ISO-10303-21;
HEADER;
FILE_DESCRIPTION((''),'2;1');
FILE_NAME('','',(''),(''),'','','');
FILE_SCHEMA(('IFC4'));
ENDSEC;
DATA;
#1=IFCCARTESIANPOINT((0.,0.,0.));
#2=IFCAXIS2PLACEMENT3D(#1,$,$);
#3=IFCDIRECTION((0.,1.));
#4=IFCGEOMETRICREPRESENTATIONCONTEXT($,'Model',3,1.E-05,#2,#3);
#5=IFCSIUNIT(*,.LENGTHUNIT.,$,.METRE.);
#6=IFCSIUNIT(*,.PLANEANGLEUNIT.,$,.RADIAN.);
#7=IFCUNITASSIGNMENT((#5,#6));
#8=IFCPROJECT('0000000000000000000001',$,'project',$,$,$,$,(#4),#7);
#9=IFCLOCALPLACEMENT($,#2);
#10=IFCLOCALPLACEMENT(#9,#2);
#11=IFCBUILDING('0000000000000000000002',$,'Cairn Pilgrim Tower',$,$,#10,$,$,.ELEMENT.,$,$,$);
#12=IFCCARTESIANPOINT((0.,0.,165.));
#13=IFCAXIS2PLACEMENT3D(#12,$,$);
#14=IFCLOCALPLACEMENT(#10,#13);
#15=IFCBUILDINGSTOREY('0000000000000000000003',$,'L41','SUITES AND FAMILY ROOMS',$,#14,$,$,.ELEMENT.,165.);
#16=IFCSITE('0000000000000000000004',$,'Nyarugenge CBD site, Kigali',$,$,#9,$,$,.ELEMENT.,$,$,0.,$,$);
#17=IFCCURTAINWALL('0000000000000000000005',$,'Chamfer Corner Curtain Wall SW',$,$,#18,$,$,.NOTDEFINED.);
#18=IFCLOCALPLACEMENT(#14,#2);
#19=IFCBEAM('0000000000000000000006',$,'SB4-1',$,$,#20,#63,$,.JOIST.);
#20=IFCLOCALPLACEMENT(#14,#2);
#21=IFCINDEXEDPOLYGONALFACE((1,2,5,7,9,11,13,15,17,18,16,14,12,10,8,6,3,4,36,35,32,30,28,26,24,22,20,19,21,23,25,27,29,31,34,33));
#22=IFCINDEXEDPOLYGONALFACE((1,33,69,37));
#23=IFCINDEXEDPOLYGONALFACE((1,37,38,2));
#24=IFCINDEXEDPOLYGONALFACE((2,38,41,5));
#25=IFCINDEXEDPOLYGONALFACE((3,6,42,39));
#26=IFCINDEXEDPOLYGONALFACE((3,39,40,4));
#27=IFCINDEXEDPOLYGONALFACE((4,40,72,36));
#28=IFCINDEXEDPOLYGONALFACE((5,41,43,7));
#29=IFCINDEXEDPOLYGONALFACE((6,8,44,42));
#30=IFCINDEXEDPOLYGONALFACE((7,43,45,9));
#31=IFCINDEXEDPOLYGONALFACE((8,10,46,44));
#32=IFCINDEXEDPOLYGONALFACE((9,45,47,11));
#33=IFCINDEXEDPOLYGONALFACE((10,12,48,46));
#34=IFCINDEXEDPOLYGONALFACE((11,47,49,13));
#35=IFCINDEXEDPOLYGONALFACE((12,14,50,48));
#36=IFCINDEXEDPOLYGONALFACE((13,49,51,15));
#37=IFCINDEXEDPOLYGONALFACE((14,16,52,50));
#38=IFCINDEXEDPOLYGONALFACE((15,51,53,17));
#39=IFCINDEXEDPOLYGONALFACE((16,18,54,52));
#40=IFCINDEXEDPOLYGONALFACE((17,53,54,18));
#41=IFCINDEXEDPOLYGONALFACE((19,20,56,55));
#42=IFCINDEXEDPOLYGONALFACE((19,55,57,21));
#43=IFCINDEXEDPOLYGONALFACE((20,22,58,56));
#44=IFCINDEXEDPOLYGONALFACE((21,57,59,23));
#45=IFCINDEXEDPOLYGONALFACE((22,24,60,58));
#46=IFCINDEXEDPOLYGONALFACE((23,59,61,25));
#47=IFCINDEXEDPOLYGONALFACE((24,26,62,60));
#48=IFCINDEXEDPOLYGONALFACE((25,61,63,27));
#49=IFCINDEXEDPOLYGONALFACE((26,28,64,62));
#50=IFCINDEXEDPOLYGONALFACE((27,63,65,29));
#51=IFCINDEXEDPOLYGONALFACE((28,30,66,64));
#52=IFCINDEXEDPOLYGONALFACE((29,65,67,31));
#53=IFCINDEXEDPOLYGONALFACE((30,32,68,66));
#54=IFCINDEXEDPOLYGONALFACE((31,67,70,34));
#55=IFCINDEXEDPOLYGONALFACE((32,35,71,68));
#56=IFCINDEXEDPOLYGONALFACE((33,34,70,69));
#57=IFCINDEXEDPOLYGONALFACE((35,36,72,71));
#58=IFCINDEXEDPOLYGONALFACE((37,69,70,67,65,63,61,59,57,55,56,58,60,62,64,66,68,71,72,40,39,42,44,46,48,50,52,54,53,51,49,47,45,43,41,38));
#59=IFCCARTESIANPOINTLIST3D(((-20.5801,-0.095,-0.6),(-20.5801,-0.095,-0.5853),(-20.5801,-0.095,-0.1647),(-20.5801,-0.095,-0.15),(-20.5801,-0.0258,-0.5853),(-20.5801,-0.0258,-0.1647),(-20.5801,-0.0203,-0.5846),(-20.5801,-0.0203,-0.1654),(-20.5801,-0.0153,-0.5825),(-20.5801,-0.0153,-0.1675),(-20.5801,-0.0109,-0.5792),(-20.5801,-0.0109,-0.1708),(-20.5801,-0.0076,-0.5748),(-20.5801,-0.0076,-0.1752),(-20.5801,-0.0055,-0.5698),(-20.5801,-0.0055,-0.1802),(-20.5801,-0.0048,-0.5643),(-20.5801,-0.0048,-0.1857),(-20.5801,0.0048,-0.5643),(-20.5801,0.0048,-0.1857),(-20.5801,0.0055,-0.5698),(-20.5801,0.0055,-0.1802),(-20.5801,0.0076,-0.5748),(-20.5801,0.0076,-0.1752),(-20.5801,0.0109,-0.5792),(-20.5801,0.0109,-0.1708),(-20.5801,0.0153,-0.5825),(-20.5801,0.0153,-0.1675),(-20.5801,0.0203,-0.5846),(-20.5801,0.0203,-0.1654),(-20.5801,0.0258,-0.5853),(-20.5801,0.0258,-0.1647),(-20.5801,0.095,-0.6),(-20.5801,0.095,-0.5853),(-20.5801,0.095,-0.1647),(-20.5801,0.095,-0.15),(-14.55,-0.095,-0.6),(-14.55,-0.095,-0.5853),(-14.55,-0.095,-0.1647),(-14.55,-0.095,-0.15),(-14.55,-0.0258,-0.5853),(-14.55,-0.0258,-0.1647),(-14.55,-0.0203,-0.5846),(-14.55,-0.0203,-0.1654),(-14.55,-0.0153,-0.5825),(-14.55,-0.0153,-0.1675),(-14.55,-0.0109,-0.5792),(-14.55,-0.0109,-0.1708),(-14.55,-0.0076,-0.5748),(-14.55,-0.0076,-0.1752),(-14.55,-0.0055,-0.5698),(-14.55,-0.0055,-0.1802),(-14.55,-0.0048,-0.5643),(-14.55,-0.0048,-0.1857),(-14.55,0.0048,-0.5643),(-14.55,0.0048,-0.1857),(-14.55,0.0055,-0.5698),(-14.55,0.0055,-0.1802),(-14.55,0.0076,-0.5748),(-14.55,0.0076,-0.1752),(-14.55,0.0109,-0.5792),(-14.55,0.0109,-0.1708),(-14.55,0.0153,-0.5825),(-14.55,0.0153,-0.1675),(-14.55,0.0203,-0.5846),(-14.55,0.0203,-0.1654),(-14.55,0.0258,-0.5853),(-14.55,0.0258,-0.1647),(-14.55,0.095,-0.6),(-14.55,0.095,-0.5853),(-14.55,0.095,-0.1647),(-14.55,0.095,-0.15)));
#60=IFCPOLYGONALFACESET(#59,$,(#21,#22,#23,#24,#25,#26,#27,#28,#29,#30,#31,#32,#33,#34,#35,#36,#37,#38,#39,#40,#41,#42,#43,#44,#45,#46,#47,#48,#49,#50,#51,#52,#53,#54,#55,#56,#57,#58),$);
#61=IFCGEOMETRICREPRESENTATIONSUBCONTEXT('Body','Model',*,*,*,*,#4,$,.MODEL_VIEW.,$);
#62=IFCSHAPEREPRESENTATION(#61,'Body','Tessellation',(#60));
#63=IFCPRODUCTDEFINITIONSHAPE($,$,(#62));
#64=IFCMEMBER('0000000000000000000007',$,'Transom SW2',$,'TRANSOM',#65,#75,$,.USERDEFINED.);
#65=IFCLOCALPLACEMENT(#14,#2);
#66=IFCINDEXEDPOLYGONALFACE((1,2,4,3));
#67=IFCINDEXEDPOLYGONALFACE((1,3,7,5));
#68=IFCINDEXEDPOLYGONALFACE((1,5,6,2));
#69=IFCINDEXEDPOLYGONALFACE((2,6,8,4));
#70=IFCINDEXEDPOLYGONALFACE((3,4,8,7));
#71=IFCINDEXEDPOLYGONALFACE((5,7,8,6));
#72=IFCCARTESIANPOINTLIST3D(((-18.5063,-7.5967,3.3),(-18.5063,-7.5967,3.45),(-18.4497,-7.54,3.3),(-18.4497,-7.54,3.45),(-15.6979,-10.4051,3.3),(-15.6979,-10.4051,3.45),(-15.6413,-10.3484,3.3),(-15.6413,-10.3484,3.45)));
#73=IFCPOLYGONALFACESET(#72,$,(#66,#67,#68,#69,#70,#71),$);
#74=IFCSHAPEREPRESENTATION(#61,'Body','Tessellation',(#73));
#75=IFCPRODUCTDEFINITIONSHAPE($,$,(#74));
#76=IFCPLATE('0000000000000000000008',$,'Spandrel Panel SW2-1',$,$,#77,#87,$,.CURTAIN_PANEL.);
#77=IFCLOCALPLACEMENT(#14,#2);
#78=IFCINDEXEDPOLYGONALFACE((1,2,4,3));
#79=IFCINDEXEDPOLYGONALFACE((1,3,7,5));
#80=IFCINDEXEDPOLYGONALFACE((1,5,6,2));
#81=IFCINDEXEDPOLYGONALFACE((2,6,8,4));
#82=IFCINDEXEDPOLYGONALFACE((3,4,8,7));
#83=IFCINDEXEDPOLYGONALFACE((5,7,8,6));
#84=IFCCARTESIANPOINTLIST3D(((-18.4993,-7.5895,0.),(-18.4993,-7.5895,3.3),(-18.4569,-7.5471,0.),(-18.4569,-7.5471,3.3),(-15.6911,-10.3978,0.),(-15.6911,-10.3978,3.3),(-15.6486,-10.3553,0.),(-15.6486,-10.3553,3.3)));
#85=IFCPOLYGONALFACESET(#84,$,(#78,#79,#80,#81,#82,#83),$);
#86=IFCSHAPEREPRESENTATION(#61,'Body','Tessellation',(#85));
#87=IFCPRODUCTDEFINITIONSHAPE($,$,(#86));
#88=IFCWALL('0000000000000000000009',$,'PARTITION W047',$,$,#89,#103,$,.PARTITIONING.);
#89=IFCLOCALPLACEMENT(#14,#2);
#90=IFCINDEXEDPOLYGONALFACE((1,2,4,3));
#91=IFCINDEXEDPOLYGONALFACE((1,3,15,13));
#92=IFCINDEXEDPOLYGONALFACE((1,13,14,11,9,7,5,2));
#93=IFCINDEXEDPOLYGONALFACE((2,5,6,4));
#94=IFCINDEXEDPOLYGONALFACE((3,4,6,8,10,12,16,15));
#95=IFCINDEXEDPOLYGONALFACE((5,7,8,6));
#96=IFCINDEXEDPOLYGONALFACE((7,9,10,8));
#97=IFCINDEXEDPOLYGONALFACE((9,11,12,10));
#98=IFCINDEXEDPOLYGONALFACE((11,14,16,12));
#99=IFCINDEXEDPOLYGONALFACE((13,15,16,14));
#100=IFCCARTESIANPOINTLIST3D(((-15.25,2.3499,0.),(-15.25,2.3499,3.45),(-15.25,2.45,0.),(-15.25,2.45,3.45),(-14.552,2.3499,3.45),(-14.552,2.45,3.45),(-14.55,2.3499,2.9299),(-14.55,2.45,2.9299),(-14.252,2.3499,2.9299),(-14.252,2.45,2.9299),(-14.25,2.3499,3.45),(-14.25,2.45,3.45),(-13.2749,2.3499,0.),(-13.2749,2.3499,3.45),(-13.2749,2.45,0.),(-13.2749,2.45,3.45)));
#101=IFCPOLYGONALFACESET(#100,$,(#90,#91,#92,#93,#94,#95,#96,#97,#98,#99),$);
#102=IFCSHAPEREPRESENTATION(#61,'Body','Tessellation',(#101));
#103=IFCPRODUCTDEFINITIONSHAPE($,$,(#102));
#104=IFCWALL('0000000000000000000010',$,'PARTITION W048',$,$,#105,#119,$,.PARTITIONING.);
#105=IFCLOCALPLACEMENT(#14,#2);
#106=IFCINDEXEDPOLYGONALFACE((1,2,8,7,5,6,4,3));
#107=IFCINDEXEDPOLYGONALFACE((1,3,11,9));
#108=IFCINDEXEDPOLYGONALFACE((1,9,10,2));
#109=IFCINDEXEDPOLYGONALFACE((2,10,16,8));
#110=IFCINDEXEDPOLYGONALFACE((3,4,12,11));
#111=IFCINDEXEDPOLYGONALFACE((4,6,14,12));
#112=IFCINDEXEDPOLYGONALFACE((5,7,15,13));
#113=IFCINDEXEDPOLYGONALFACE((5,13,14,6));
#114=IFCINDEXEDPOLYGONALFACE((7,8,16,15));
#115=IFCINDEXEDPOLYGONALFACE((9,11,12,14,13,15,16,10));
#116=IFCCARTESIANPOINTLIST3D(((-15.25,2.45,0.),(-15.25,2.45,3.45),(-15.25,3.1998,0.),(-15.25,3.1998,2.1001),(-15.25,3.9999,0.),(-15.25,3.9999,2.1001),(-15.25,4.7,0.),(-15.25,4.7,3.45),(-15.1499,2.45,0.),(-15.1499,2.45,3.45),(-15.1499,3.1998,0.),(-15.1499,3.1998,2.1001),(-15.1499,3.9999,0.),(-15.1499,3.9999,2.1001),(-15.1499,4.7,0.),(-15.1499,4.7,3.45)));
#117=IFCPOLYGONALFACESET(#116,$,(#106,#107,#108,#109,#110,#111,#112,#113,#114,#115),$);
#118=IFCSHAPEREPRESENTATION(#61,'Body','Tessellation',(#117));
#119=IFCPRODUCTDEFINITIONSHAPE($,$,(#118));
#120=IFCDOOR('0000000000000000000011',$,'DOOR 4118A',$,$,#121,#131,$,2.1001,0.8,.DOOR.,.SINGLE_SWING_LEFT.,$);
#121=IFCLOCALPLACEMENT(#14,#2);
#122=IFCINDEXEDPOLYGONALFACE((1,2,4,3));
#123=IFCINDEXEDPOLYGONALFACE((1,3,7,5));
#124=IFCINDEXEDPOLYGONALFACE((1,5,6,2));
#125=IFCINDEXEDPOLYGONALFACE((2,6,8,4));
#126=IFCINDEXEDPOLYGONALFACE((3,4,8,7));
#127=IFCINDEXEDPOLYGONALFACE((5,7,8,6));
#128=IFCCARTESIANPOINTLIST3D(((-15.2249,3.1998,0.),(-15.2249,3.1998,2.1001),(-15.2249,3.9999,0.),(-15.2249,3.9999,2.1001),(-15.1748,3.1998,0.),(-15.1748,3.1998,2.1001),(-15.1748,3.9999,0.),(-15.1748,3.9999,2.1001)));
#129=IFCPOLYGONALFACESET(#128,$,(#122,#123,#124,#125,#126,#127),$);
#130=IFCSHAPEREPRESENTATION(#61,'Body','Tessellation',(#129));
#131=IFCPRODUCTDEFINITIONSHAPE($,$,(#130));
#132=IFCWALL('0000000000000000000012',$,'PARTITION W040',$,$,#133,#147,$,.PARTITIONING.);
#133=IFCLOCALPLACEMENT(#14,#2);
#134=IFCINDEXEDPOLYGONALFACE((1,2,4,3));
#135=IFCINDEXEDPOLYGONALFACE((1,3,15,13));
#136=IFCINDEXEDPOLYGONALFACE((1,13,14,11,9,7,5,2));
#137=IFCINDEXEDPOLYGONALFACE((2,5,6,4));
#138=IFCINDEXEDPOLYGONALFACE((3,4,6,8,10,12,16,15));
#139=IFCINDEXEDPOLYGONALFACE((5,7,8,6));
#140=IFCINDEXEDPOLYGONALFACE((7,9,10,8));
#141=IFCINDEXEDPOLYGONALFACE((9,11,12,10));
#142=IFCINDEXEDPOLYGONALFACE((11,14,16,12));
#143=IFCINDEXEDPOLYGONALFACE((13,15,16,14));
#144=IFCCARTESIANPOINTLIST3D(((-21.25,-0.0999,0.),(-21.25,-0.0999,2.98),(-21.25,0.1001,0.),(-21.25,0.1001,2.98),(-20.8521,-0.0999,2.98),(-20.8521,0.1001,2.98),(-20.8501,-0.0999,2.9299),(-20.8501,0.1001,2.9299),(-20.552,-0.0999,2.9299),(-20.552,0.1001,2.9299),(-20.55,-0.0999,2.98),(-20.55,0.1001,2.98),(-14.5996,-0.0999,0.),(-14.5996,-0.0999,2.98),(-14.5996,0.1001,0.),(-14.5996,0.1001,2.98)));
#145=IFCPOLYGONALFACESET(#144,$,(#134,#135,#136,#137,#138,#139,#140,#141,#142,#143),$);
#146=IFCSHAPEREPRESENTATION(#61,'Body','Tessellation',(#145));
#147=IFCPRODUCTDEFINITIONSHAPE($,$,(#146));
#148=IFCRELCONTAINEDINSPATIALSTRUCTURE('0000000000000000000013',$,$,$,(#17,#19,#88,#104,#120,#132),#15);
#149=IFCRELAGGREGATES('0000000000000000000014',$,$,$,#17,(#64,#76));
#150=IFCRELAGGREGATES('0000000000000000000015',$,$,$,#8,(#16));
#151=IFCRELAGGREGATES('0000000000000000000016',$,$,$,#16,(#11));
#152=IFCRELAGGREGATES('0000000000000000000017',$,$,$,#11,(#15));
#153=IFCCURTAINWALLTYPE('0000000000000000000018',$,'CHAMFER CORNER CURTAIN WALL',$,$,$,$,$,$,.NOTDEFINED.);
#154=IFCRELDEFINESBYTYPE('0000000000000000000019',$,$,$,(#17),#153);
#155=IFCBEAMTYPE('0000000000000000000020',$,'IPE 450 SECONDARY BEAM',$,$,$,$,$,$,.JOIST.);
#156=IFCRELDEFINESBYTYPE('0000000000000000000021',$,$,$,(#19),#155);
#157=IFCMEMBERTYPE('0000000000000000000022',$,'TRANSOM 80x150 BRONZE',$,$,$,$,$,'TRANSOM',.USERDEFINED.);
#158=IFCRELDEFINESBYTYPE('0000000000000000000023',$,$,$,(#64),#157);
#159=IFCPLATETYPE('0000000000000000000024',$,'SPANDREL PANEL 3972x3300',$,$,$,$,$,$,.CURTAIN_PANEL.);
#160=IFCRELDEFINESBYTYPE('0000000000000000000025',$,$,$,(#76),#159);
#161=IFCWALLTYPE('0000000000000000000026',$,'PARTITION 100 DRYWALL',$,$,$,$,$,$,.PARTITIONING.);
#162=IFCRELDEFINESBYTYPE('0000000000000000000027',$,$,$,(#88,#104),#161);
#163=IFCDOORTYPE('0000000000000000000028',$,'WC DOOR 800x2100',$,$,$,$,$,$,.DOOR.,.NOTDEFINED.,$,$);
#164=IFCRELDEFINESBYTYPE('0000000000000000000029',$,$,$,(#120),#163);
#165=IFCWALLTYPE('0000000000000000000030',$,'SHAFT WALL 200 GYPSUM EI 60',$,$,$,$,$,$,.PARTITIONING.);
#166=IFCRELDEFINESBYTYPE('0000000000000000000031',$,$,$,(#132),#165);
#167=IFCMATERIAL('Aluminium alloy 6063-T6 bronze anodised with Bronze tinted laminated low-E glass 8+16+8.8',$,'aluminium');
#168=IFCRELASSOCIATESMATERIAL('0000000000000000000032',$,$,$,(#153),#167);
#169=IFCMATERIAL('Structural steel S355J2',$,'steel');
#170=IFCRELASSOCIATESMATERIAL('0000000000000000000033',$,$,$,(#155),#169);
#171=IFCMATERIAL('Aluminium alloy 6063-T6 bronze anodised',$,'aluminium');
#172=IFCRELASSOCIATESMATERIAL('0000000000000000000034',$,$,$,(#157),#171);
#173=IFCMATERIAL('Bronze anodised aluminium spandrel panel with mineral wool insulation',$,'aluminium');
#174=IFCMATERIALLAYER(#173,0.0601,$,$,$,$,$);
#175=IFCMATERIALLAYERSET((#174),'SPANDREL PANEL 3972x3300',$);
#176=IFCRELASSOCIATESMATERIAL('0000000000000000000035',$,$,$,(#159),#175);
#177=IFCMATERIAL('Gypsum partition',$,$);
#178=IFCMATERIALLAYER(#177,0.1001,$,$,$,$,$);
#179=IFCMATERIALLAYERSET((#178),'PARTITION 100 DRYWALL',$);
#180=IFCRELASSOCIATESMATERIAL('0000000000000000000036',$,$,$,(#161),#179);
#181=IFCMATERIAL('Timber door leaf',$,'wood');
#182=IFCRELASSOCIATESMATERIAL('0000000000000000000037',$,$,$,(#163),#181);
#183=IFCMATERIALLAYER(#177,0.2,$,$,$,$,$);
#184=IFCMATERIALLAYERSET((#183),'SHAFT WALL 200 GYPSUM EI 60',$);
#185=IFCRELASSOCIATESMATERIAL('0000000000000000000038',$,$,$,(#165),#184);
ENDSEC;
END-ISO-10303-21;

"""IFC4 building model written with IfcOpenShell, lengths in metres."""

from ifc_helpers import new_model, si_unit, direction, frame, frame_2d, origin, origin_2d, place, context, subcontext, project, spatial, polyline, rectangle, i_section, outline, extrude, material, layer, layer_set, material_profile, profile_set, type_object, element, fill, aggregate, save


model = new_model("IFC4")

# Units and contexts
model_context = context("Model", 3, precision=1e-05, world=origin(), true_north=direction((0.0, 1.0)))
body_context = subcontext(model_context, "Body", "Model", "MODEL_VIEW")
ifc_project = project(units=[si_unit("LENGTHUNIT", "METRE"), si_unit("PLANEANGLEUNIT", "RADIAN")], contexts=[model_context])

# Site, building, storey
site_placement = place(None, origin())
site = spatial("IfcSite", under=ifc_project, at=site_placement, Name="Nyarugenge CBD site, Kigali", CompositionType="ELEMENT", RefElevation=0.0)
building_placement = place(site_placement, origin())
building = spatial("IfcBuilding", under=site, at=building_placement, Name="Cairn Pilgrim Tower", CompositionType="ELEMENT")
storey_placement = place(building_placement, frame((0.0, 0.0, 165.0)))
storey = spatial("IfcBuildingStorey", under=building, at=storey_placement, Name="L41", Description="SUITES AND FAMILY ROOMS", CompositionType="ELEMENT", Elevation=165.0)

# Shared definitions
ifc_material_1 = material(Name="Aluminium alloy 6063-T6 bronze anodised with Bronze tinted laminated low-E glass 8+16+8.8", Category="aluminium")
ifc_material_2 = material(Name="Aluminium alloy 6063-T6 bronze anodised", Category="aluminium")

# Curtain wall
curtain_wall_type_1 = type_object("IfcCurtainWallType", Name="CHAMFER CORNER CURTAIN WALL", PredefinedType="NOTDEFINED", material=ifc_material_1)
curtain_wall_1_placement = place(storey_placement, origin())
curtain_wall_1 = element("IfcCurtainWall", 1, at=curtain_wall_1_placement, inside=storey, type_object=curtain_wall_type_1, Name="Chamfer Corner Curtain Wall SW", PredefinedType="NOTDEFINED")

# Beam
ifc_material_3 = material(Name="Structural steel S355J2", Category="steel")
ifc_material_profile_1 = material_profile(ifc_material_3, i_section(OverallWidth=0.1899, OverallDepth=0.45, WebThickness=0.0095, FlangeThickness=0.0146, FilletRadius=0.021, at=origin_2d()), Name="IPE 450")
ifc_profile_set_1 = profile_set([ifc_material_profile_1], Name="Structural steel S355J2")
beam_type_1 = type_object("IfcBeamType", Name="IPE 450 SECONDARY BEAM", PredefinedType="JOIST", material=ifc_profile_set_1)
beam_1_placement = place(storey_placement, frame((-20.5801, 0.0, -0.375), z_axis=(1.0, 0.0, 0.0), x_axis=(0.0, 1.0, 0.0)))
element("IfcBeam", 2, at=beam_1_placement, inside=storey, type_object=beam_type_1, Name="SB4-1", PredefinedType="JOIST", context=body_context, shape_type="SweptSolid", body=[
    extrude(i_section(OverallWidth=0.1899, OverallDepth=0.45, WebThickness=0.0095, FlangeThickness=0.0146, FilletRadius=0.021, at=origin_2d()), origin(), (0.0, 0.0, 1.0), 6.03),
])

# Member
ifc_material_profile_2 = material_profile(ifc_material_2, rectangle(XDim=0.0801, YDim=0.1499, at=origin_2d()), Name="TRANSOM 80x150 BRONZE")
ifc_profile_set_2 = profile_set([ifc_material_profile_2], Name="Aluminium alloy 6063-T6 bronze anodised")
member_type_1 = type_object("IfcMemberType", Name="TRANSOM 80x150 BRONZE", ElementType="TRANSOM", PredefinedType="USERDEFINED", material=ifc_profile_set_2)
member_1_placement = place(storey_placement, frame((-18.478, -7.5684, 3.375), z_axis=(0.707107, -0.707107, 0.0), x_axis=(0.707107, 0.707107, 0.0)))
member_1 = element("IfcMember", 3, at=member_1_placement, type_object=member_type_1, Name="Transom SW2", ObjectType="TRANSOM", PredefinedType="USERDEFINED", context=body_context, shape_type="SweptSolid", body=[
    extrude(rectangle(XDim=0.0801, YDim=0.1499, at=origin_2d()), origin(), (0.0, 0.0, 1.0), 3.9717),
])

# Plate
ifc_material_4 = material(Name="Bronze anodised aluminium spandrel panel with mineral wool insulation", Category="aluminium")
ifc_layer_1 = layer(ifc_material_4, 0.0601)
ifc_layer_set_1 = layer_set([ifc_layer_1], Name="SPANDREL PANEL 3972x3300")
plate_type = type_object("IfcPlateType", Name="SPANDREL PANEL 3972x3300", PredefinedType="CURTAIN_PANEL", material=ifc_layer_set_1)
plate_placement = place(storey_placement, frame((-17.074, -8.9724, 0.0), z_axis=(0.0, 0.0, 1.0), x_axis=(0.707107, -0.707107, 0.0)))
plate = element("IfcPlate", 4, at=plate_placement, type_object=plate_type, Name="Spandrel Panel SW2-1", PredefinedType="CURTAIN_PANEL", context=body_context, shape_type="SweptSolid", body=[
    extrude(rectangle(XDim=3.9714, YDim=0.0601, at=origin_2d()), origin(), (0.0, 0.0, 1.0), 3.3),
])
aggregate(curtain_wall_1, [member_1, plate])

# Wall
ifc_material_5 = material(Name="Gypsum partition")
ifc_layer_2 = layer(ifc_material_5, 0.1001)
ifc_layer_set_2 = layer_set([ifc_layer_2], Name="PARTITION 100 DRYWALL")
wall_type_1 = type_object("IfcWallType", Name="PARTITION 100 DRYWALL", PredefinedType="PARTITIONING", material=ifc_layer_set_2)
wall_1_placement = place(storey_placement, frame((-15.25, 2.3999, 0.0), z_axis=(0.0, 0.0, 1.0), x_axis=(1.0, 0.0, 0.0)))
element("IfcWall", 5, at=wall_1_placement, inside=storey, type_object=wall_type_1, Name="PARTITION W047", PredefinedType="PARTITIONING", context=body_context, shape_type="SweptSolid", body=[
    extrude(outline(polyline([(0.0, 0.0), (1.9751, 0.0), (1.9751, 3.45), (1.0, 3.45), (0.998, 2.9299), (0.7, 2.9299), (0.698, 3.45), (0.0, 3.45), (0.0, 0.0)])), frame((0.0, 0.05, 0.0), z_axis=(0.0, -1.0, 0.0), x_axis=(1.0, 0.0, 0.0)), (0.0, 0.0, 1.0), 0.1001),
])

# Wall, opening, door
wall_2_placement = place(storey_placement, frame((-15.2, 2.45, 0.0), z_axis=(0.0, 0.0, 1.0), x_axis=(0.0, 1.0, 0.0)))
wall_2 = element("IfcWall", 6, at=wall_2_placement, inside=storey, type_object=wall_type_1, Name="PARTITION W048", PredefinedType="PARTITIONING", context=body_context, shape_type="SweptSolid", body=[
    extrude(rectangle(XDim=2.25, YDim=0.1001, at=frame_2d((1.125, 0.0))), origin(), (0.0, 0.0, 1.0), 3.45),
])
opening_1_placement = place(wall_2_placement, frame((0.75, 0.0, 0.0)))
opening_1 = element("IfcOpeningElement", 7, at=opening_1_placement, cuts=wall_2, PredefinedType="OPENING", context=body_context, shape_type="SweptSolid", body=[
    extrude(rectangle(XDim=0.8, YDim=2.1001, at=frame_2d((0.3999, 1.05))), frame((0.0, 0.0601, 0.0), z_axis=(0.0, -1.0, 0.0), x_axis=(1.0, 0.0, 0.0)), (0.0, 0.0, 1.0), 0.1201),
])
ifc_material_6 = material(Name="Timber door leaf", Category="wood")
door_type_1 = type_object("IfcDoorType", Name="WC DOOR 800x2100", OperationType="NOTDEFINED", PredefinedType="DOOR", material=ifc_material_6)
door_1_placement = place(opening_1_placement, origin())
door_1 = element("IfcDoor", 8, at=door_1_placement, inside=storey, type_object=door_type_1, Name="DOOR 4118A", OperationType="SINGLE_SWING_LEFT", OverallHeight=2.1001, OverallWidth=0.8, PredefinedType="DOOR", context=body_context, shape_type="SweptSolid", body=[
    extrude(rectangle(XDim=0.8, YDim=2.1001, at=frame_2d((0.3999, 1.05))), frame((0.0, 0.0249, 0.0), z_axis=(0.0, -1.0, 0.0), x_axis=(1.0, 0.0, 0.0)), (0.0, 0.0, 1.0), 0.05),
])
fill(opening_1, door_1)

# Wall
ifc_layer_3 = layer(ifc_material_5, 0.2)
ifc_layer_set_3 = layer_set([ifc_layer_3], Name="SHAFT WALL 200 GYPSUM EI 60")
wall_type_2 = type_object("IfcWallType", Name="SHAFT WALL 200 GYPSUM EI 60", PredefinedType="PARTITIONING", material=ifc_layer_set_3)
wall_3_placement = place(storey_placement, frame((-21.25, 0.0, 0.0), z_axis=(0.0, 0.0, 1.0), x_axis=(1.0, 0.0, 0.0)))
element("IfcWall", 9, at=wall_3_placement, inside=storey, type_object=wall_type_2, Name="PARTITION W040", PredefinedType="PARTITIONING", context=body_context, shape_type="SweptSolid", body=[
    extrude(outline(polyline([(0.0, 0.0), (6.6504, 0.0), (6.6504, 2.98), (0.7, 2.98), (0.698, 2.9299), (0.3999, 2.9299), (0.3979, 2.98), (0.0, 2.98), (0.0, 0.0)])), frame((0.0, 0.1001, 0.0), z_axis=(0.0, -1.0, 0.0), x_axis=(1.0, 0.0, 0.0)), (0.0, 0.0, 1.0), 0.2),
])

save(model, "model.ifc")
